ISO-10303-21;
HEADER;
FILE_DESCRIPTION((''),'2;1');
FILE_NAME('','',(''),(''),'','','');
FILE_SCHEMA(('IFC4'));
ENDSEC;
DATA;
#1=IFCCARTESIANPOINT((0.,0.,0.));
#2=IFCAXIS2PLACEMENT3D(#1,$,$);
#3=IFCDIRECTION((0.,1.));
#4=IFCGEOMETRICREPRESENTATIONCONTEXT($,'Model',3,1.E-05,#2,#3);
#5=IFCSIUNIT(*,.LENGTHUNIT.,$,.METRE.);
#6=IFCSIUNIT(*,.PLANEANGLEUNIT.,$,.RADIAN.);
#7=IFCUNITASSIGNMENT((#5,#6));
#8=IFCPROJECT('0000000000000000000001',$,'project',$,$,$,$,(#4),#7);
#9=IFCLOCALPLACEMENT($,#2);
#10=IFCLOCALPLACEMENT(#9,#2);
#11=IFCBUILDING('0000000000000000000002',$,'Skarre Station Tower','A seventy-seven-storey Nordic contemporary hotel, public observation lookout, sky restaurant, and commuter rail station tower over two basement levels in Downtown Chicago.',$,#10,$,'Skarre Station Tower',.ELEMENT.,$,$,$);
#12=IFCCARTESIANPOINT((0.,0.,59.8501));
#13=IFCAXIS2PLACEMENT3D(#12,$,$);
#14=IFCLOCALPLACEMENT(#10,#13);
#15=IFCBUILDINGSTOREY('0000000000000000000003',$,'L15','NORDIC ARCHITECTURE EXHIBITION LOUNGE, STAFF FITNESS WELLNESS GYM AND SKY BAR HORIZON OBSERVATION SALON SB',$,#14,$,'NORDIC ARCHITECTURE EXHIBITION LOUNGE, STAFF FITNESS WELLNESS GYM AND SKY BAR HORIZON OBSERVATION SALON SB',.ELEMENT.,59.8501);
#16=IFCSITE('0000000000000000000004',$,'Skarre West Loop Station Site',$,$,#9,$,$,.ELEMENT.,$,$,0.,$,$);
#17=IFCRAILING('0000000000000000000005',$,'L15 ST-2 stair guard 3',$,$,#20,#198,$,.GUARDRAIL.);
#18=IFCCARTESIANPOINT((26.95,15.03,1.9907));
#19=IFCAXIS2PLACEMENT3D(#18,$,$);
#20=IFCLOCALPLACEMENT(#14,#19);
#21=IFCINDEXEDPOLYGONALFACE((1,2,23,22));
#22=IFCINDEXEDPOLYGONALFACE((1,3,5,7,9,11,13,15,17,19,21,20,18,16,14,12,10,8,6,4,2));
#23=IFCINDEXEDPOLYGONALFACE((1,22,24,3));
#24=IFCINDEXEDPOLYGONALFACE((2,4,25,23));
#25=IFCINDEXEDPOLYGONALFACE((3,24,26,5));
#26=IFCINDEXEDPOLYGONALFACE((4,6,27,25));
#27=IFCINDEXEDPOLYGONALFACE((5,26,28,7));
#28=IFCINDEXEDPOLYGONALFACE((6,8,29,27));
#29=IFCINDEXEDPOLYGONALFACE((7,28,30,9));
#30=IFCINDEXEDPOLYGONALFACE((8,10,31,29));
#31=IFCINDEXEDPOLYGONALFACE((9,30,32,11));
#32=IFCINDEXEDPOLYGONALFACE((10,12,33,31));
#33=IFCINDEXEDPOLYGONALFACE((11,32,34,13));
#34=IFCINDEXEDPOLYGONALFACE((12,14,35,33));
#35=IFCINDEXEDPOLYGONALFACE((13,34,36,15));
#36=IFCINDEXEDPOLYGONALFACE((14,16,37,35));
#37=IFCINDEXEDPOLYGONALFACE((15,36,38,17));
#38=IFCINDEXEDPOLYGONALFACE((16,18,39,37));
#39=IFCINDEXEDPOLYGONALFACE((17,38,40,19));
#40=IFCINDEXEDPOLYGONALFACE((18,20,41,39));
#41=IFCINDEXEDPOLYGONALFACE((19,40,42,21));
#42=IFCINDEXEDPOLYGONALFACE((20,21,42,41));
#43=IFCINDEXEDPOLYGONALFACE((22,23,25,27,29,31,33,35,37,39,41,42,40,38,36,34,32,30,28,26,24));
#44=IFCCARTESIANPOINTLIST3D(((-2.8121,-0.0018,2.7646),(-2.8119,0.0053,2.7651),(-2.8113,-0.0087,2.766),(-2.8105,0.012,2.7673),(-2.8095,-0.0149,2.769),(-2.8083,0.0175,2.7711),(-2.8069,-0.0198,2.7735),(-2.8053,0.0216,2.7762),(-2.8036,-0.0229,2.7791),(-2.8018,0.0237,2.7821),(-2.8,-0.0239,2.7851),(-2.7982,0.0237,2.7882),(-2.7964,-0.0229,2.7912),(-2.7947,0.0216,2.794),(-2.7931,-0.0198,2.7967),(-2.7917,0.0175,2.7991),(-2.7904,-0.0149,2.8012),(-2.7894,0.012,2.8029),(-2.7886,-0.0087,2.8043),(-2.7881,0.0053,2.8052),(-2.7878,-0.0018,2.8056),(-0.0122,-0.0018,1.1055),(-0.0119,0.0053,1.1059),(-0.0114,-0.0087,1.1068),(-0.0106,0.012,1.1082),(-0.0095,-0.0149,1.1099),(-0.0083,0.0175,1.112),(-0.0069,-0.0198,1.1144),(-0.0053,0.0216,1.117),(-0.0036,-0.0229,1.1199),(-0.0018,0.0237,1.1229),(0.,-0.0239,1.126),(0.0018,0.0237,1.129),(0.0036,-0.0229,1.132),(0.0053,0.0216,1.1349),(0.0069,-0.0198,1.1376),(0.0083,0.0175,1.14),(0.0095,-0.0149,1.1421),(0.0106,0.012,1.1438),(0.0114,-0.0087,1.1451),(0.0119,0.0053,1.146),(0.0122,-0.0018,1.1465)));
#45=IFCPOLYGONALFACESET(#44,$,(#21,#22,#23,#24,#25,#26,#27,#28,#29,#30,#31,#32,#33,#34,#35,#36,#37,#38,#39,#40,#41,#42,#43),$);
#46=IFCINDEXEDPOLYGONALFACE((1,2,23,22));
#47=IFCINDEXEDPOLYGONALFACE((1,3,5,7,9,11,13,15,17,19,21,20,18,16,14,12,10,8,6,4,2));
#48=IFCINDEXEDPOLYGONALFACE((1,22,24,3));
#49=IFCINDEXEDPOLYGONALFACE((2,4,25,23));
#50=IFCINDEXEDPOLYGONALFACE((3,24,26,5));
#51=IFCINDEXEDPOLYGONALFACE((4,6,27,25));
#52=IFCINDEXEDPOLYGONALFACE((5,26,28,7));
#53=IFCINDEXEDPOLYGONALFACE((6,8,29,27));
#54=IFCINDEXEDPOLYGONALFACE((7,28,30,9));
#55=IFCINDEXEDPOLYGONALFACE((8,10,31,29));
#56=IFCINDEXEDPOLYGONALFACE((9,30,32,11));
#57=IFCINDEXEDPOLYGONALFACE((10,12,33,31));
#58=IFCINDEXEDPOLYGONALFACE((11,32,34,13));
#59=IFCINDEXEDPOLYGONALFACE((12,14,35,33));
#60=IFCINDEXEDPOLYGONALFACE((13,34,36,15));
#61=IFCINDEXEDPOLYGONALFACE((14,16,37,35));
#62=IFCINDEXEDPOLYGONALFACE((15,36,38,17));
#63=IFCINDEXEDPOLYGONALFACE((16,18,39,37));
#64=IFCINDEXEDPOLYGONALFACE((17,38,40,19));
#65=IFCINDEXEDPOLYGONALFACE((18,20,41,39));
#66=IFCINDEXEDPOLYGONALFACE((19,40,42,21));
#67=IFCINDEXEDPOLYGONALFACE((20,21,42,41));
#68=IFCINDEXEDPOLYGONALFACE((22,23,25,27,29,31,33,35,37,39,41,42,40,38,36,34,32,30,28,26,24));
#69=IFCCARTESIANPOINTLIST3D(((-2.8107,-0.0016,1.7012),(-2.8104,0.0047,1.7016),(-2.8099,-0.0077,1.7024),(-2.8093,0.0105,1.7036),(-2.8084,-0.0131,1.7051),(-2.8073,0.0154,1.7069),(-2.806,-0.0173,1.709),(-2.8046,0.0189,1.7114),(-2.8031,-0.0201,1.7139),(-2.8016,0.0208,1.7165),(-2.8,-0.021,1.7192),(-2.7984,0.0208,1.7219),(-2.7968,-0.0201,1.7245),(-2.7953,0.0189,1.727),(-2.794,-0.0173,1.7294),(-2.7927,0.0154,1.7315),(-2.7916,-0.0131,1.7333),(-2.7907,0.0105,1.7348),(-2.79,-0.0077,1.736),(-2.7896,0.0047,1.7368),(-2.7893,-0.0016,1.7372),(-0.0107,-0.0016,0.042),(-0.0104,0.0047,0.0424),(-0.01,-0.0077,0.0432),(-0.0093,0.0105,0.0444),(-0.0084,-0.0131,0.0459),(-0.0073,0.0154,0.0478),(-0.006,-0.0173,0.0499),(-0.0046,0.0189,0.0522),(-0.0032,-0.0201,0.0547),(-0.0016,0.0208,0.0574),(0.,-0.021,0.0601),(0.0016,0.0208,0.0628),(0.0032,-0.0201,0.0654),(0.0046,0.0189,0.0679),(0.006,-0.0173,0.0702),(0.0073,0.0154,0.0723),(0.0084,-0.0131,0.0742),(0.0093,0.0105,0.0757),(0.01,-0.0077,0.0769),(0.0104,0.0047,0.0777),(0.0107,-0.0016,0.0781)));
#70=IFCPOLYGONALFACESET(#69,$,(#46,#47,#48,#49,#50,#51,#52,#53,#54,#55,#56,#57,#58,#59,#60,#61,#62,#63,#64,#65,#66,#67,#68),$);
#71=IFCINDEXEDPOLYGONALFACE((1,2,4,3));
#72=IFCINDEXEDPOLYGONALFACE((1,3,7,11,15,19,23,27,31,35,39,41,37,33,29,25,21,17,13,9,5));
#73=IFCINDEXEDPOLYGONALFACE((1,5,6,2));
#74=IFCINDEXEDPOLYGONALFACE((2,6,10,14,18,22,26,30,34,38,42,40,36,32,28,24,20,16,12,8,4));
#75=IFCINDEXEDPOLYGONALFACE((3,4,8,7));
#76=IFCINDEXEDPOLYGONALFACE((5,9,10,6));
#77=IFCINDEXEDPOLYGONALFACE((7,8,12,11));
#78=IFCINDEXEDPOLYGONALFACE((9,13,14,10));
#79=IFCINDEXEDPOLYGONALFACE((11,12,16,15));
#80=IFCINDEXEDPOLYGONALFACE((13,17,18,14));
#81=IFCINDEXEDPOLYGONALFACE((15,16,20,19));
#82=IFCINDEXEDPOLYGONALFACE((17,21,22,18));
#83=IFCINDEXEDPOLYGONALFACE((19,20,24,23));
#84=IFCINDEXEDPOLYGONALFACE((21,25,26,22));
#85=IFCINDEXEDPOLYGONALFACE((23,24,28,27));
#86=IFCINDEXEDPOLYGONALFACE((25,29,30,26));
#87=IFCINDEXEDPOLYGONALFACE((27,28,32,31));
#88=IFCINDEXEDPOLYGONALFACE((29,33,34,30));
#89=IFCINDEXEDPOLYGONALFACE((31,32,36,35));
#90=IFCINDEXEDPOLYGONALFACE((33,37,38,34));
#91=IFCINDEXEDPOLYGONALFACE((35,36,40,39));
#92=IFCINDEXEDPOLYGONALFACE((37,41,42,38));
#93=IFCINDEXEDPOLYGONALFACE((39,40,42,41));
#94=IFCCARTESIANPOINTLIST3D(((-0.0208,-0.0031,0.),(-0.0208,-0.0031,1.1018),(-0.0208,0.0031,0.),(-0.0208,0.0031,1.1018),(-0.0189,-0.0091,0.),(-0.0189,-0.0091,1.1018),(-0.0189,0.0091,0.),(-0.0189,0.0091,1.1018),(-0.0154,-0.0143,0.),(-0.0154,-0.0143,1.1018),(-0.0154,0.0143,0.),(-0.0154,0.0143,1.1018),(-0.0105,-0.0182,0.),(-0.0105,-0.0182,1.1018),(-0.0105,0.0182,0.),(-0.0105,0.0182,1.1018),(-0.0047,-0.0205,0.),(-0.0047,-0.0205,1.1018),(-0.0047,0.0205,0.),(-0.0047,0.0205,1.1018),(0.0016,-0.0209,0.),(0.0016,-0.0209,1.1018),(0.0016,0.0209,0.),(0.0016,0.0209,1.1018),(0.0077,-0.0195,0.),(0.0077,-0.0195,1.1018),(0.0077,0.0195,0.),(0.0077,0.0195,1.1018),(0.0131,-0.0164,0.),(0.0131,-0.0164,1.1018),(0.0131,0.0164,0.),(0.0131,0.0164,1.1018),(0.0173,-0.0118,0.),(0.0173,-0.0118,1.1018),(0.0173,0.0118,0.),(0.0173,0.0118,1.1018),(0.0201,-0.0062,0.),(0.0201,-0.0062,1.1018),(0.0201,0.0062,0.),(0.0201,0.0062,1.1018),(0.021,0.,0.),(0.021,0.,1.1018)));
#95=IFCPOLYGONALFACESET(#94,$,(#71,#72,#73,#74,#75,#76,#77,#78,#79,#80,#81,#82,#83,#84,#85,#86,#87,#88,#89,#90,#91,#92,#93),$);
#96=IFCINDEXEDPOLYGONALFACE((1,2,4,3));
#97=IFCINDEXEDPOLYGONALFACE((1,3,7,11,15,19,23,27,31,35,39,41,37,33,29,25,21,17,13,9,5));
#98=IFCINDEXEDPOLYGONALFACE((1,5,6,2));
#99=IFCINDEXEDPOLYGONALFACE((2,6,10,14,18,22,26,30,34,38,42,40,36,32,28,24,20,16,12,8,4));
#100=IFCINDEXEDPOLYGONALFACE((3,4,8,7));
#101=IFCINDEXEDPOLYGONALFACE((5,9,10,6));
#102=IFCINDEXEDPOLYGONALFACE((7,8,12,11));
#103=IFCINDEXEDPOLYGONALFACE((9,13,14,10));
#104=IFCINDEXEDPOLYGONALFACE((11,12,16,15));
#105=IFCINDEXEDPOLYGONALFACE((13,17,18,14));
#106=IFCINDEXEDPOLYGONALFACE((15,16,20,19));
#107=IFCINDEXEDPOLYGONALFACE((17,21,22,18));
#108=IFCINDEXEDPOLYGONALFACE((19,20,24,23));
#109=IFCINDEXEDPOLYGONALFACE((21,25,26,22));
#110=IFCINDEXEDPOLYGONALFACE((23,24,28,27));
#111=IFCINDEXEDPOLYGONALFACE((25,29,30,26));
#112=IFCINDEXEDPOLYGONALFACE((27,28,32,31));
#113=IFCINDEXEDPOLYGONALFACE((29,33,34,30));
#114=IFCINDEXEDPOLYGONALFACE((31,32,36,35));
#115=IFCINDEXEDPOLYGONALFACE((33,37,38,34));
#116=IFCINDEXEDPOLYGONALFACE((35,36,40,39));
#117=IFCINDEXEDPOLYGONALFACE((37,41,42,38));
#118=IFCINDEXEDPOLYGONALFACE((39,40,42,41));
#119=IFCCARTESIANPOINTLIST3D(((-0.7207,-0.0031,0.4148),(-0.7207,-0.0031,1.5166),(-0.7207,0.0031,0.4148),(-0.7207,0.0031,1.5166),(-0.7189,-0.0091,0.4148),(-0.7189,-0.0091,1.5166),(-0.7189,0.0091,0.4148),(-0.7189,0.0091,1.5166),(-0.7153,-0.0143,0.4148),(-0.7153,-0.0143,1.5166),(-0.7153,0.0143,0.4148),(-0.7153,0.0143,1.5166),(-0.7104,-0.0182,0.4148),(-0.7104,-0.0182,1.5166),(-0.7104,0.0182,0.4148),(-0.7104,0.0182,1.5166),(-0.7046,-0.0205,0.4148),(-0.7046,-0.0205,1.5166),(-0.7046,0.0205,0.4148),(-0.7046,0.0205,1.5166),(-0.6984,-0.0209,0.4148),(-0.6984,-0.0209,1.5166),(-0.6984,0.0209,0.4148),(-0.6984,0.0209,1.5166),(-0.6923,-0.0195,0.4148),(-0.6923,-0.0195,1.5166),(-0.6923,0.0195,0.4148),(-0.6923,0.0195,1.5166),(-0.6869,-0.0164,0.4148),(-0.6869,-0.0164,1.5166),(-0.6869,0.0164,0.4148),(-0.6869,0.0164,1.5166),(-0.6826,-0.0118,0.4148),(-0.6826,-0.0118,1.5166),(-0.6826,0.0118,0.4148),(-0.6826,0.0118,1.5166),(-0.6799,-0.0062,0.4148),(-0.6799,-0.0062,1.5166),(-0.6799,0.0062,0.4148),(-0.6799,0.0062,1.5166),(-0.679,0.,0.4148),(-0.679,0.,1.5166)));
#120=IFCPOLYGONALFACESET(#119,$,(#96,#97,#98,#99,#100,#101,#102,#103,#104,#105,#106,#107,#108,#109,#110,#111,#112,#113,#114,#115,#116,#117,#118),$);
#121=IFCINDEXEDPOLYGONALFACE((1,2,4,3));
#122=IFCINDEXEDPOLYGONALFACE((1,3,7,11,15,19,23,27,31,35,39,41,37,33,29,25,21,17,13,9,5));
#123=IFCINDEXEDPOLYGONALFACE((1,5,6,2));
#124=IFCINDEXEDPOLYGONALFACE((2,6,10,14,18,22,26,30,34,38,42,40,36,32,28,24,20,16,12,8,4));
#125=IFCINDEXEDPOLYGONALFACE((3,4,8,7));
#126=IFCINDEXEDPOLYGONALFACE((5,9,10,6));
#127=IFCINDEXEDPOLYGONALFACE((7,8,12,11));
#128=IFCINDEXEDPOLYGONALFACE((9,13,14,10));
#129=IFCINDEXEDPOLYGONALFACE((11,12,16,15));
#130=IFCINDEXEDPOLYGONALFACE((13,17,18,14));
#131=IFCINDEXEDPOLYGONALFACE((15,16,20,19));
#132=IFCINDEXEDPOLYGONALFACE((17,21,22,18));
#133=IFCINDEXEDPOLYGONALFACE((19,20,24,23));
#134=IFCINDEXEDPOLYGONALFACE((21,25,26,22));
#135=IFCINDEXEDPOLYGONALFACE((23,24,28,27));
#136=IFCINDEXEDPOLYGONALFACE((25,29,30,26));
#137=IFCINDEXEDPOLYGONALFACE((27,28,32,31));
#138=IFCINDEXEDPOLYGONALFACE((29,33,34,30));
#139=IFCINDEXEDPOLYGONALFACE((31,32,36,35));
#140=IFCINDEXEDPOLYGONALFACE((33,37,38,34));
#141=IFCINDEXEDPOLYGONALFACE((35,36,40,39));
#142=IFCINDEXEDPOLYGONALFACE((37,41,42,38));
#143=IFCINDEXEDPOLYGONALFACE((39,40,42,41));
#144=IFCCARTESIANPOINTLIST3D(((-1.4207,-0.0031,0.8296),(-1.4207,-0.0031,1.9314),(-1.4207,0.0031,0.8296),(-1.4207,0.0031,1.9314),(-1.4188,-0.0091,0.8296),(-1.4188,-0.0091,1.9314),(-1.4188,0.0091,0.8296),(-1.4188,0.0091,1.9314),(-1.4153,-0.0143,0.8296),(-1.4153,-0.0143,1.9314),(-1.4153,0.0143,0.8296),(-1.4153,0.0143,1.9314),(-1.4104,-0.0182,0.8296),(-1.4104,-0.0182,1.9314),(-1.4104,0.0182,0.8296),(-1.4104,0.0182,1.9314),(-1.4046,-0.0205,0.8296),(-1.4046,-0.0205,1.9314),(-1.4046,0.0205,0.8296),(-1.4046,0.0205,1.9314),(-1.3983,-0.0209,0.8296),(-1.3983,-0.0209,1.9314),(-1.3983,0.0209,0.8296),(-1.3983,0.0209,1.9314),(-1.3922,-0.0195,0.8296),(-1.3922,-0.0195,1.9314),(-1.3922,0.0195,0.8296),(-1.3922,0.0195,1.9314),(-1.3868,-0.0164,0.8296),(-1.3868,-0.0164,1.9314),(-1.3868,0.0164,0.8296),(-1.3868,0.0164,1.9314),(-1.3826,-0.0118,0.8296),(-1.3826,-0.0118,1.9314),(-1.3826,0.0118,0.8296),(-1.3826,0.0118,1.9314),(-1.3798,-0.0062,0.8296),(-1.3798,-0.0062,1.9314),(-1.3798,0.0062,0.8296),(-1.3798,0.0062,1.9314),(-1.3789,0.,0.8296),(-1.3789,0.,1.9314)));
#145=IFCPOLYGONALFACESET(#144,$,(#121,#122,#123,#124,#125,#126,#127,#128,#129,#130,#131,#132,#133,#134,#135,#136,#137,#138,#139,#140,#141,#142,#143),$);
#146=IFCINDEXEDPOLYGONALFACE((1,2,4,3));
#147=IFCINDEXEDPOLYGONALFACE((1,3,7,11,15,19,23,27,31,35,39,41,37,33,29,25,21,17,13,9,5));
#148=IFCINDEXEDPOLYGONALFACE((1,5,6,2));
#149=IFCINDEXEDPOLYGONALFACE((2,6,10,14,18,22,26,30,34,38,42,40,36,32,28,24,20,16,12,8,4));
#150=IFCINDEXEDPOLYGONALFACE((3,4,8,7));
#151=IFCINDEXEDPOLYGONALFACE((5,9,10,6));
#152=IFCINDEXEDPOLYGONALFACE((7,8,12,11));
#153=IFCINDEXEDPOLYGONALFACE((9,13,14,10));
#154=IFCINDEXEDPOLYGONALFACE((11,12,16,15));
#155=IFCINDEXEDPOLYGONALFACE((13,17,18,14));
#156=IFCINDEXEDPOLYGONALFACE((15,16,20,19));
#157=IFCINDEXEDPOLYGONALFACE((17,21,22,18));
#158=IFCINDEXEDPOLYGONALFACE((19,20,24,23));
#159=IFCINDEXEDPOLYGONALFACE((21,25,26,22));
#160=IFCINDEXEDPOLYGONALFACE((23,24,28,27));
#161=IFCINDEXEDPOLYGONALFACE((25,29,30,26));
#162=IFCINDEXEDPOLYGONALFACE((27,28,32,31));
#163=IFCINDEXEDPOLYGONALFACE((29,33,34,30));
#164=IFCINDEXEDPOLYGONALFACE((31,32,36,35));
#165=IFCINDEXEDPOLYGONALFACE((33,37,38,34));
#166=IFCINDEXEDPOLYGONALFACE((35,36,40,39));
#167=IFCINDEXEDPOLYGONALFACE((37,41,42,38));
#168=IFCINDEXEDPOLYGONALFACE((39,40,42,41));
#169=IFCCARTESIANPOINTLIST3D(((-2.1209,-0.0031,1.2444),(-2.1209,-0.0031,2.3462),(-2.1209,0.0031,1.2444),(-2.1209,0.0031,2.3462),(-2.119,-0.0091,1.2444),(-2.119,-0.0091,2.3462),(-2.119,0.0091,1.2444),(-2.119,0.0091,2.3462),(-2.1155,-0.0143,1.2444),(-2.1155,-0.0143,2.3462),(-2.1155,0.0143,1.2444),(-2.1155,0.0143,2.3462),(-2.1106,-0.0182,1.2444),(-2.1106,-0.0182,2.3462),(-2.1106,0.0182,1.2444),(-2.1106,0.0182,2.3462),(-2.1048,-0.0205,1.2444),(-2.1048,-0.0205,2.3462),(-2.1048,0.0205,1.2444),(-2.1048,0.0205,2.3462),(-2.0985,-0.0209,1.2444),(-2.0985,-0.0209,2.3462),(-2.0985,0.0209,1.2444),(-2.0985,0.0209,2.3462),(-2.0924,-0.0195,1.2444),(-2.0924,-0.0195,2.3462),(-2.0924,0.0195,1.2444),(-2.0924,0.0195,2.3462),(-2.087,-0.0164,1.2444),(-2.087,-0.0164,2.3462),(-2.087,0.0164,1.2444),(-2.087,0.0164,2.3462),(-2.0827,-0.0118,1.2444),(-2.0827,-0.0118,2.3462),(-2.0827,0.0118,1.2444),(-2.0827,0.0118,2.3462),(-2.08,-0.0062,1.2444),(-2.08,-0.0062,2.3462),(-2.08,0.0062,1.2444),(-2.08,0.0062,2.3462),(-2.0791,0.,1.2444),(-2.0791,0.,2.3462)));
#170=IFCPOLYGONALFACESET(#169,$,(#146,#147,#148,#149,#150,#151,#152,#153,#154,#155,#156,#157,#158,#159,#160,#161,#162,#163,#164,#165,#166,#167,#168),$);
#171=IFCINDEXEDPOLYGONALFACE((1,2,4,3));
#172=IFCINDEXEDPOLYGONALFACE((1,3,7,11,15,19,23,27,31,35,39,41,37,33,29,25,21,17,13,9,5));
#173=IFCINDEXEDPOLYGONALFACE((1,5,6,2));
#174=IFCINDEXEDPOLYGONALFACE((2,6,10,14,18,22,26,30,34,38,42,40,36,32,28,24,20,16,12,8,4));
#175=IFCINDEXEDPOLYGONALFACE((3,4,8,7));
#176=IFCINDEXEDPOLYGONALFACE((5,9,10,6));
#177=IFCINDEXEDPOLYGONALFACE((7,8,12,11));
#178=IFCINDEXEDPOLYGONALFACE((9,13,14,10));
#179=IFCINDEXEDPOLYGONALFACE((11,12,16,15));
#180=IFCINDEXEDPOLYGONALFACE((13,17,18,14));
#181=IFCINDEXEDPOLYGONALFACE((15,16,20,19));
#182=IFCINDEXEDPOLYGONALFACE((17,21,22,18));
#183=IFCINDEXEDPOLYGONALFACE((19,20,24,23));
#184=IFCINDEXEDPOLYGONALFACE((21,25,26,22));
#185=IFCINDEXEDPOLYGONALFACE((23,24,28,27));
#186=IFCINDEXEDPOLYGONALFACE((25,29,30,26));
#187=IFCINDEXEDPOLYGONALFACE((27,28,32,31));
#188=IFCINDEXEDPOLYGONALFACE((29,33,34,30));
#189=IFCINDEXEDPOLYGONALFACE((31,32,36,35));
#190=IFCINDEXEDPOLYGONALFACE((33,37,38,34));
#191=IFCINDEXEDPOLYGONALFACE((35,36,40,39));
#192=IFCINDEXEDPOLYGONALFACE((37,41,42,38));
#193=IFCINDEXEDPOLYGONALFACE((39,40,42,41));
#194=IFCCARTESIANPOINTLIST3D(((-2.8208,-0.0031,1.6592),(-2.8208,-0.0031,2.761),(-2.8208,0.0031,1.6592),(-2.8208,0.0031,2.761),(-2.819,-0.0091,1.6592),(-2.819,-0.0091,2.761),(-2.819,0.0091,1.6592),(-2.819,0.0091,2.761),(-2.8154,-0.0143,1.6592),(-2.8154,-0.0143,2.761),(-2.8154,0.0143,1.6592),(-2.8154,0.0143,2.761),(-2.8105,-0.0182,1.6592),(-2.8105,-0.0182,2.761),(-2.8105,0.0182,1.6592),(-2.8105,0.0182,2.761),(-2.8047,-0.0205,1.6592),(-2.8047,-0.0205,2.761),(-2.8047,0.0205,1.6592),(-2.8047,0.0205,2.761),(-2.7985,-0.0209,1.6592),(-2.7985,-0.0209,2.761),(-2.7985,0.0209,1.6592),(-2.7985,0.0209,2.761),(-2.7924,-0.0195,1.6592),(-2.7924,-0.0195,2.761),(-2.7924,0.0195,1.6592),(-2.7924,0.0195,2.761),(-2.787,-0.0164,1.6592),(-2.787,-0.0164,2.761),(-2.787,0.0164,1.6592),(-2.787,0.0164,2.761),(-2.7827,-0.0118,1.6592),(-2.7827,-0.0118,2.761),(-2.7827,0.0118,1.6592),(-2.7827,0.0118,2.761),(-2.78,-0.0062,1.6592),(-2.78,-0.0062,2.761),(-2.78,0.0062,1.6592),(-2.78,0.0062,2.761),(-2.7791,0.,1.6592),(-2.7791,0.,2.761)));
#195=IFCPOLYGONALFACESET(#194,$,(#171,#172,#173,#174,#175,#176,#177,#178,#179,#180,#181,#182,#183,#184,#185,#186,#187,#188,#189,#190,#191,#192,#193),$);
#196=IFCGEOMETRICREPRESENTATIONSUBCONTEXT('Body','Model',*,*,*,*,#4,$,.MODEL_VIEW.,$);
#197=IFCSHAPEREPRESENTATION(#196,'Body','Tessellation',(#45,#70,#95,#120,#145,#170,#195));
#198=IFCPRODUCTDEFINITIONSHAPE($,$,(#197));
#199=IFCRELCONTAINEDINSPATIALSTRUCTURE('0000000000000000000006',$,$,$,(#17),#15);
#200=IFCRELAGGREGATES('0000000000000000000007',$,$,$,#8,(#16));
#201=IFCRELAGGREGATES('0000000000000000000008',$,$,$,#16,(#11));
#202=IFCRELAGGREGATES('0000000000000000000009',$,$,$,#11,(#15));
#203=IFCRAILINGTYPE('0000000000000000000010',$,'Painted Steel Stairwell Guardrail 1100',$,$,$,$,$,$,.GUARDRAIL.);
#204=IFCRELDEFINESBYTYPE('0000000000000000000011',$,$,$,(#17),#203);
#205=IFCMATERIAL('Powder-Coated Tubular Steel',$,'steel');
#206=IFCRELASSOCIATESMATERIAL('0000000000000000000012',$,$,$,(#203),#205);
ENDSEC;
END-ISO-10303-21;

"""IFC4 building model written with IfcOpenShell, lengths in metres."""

from ifc_helpers import new_model, si_unit, direction, frame, origin, origin_2d, place, context, subcontext, project, spatial, circle, extrude, material, type_object, element, save


model = new_model("IFC4")

# Units and contexts
model_context = context("Model", 3, precision=1e-05, world=origin(), true_north=direction((0.0, 1.0)))
body_context = subcontext(model_context, "Body", "Model", "MODEL_VIEW")
ifc_project = project(units=[si_unit("LENGTHUNIT", "METRE"), si_unit("PLANEANGLEUNIT", "RADIAN")], contexts=[model_context])

# Site, building, storey
site_placement = place(None, origin())
site = spatial("IfcSite", under=ifc_project, at=site_placement, Name="Skarre West Loop Station Site", CompositionType="ELEMENT", RefElevation=0.0)
building_placement = place(site_placement, origin())
building = spatial("IfcBuilding", under=site, at=building_placement, Name="Skarre Station Tower", Description="A seventy-seven-storey Nordic contemporary hotel, public observation lookout, sky restaurant, and commuter rail station tower over two basement levels in Downtown Chicago.", LongName="Skarre Station Tower", CompositionType="ELEMENT")
storey_placement = place(building_placement, frame((0.0, 0.0, 59.8501)))
storey = spatial("IfcBuildingStorey", under=building, at=storey_placement, Name="L15", Description="NORDIC ARCHITECTURE EXHIBITION LOUNGE, STAFF FITNESS WELLNESS GYM AND SKY BAR HORIZON OBSERVATION SALON SB", LongName="NORDIC ARCHITECTURE EXHIBITION LOUNGE, STAFF FITNESS WELLNESS GYM AND SKY BAR HORIZON OBSERVATION SALON SB", CompositionType="ELEMENT", Elevation=59.8501)

# Railing
ifc_material_1 = material(Name="Powder-Coated Tubular Steel", Category="steel")
railing_type_1 = type_object("IfcRailingType", Name="Painted Steel Stairwell Guardrail 1100", PredefinedType="GUARDRAIL", material=ifc_material_1)
railing_1_placement = place(storey_placement, frame((26.95, 15.03, 1.9907)))
element("IfcRailing", 1, at=railing_1_placement, inside=storey, type_object=railing_type_1, Name="L15 ST-2 stair guard 3", PredefinedType="GUARDRAIL", context=body_context, shape_type="SweptSolid", body=[
    extrude(circle(Radius=0.0239, at=origin_2d()), frame((0.0, 0.0, 1.126), z_axis=(-0.860306, 0.0, 0.509778), x_axis=(0.0, -1.0, 0.0)), (0.0, 0.0, 1.0), 3.2546),
    extrude(circle(Radius=0.021, at=origin_2d()), frame((0.0, 0.0, 0.0601), z_axis=(-0.860306, 0.0, 0.509778), x_axis=(0.0, -1.0, 0.0)), (0.0, 0.0, 1.0), 3.2546),
    extrude(circle(Radius=0.021, at=origin_2d()), origin(), (0.0, 0.0, 1.0), 1.1018),
    extrude(circle(Radius=0.021, at=origin_2d()), frame((-0.7, 0.0, 0.4148)), (0.0, 0.0, 1.0), 1.1018),
    extrude(circle(Radius=0.021, at=origin_2d()), frame((-1.3999, 0.0, 0.8296)), (0.0, 0.0, 1.0), 1.1018),
    extrude(circle(Radius=0.021, at=origin_2d()), frame((-2.1001, 0.0, 1.2444)), (0.0, 0.0, 1.0), 1.1018),
    extrude(circle(Radius=0.021, at=origin_2d()), frame((-2.8, 0.0, 1.6592)), (0.0, 0.0, 1.0), 1.1018),
])

save(model, "model.ifc")
